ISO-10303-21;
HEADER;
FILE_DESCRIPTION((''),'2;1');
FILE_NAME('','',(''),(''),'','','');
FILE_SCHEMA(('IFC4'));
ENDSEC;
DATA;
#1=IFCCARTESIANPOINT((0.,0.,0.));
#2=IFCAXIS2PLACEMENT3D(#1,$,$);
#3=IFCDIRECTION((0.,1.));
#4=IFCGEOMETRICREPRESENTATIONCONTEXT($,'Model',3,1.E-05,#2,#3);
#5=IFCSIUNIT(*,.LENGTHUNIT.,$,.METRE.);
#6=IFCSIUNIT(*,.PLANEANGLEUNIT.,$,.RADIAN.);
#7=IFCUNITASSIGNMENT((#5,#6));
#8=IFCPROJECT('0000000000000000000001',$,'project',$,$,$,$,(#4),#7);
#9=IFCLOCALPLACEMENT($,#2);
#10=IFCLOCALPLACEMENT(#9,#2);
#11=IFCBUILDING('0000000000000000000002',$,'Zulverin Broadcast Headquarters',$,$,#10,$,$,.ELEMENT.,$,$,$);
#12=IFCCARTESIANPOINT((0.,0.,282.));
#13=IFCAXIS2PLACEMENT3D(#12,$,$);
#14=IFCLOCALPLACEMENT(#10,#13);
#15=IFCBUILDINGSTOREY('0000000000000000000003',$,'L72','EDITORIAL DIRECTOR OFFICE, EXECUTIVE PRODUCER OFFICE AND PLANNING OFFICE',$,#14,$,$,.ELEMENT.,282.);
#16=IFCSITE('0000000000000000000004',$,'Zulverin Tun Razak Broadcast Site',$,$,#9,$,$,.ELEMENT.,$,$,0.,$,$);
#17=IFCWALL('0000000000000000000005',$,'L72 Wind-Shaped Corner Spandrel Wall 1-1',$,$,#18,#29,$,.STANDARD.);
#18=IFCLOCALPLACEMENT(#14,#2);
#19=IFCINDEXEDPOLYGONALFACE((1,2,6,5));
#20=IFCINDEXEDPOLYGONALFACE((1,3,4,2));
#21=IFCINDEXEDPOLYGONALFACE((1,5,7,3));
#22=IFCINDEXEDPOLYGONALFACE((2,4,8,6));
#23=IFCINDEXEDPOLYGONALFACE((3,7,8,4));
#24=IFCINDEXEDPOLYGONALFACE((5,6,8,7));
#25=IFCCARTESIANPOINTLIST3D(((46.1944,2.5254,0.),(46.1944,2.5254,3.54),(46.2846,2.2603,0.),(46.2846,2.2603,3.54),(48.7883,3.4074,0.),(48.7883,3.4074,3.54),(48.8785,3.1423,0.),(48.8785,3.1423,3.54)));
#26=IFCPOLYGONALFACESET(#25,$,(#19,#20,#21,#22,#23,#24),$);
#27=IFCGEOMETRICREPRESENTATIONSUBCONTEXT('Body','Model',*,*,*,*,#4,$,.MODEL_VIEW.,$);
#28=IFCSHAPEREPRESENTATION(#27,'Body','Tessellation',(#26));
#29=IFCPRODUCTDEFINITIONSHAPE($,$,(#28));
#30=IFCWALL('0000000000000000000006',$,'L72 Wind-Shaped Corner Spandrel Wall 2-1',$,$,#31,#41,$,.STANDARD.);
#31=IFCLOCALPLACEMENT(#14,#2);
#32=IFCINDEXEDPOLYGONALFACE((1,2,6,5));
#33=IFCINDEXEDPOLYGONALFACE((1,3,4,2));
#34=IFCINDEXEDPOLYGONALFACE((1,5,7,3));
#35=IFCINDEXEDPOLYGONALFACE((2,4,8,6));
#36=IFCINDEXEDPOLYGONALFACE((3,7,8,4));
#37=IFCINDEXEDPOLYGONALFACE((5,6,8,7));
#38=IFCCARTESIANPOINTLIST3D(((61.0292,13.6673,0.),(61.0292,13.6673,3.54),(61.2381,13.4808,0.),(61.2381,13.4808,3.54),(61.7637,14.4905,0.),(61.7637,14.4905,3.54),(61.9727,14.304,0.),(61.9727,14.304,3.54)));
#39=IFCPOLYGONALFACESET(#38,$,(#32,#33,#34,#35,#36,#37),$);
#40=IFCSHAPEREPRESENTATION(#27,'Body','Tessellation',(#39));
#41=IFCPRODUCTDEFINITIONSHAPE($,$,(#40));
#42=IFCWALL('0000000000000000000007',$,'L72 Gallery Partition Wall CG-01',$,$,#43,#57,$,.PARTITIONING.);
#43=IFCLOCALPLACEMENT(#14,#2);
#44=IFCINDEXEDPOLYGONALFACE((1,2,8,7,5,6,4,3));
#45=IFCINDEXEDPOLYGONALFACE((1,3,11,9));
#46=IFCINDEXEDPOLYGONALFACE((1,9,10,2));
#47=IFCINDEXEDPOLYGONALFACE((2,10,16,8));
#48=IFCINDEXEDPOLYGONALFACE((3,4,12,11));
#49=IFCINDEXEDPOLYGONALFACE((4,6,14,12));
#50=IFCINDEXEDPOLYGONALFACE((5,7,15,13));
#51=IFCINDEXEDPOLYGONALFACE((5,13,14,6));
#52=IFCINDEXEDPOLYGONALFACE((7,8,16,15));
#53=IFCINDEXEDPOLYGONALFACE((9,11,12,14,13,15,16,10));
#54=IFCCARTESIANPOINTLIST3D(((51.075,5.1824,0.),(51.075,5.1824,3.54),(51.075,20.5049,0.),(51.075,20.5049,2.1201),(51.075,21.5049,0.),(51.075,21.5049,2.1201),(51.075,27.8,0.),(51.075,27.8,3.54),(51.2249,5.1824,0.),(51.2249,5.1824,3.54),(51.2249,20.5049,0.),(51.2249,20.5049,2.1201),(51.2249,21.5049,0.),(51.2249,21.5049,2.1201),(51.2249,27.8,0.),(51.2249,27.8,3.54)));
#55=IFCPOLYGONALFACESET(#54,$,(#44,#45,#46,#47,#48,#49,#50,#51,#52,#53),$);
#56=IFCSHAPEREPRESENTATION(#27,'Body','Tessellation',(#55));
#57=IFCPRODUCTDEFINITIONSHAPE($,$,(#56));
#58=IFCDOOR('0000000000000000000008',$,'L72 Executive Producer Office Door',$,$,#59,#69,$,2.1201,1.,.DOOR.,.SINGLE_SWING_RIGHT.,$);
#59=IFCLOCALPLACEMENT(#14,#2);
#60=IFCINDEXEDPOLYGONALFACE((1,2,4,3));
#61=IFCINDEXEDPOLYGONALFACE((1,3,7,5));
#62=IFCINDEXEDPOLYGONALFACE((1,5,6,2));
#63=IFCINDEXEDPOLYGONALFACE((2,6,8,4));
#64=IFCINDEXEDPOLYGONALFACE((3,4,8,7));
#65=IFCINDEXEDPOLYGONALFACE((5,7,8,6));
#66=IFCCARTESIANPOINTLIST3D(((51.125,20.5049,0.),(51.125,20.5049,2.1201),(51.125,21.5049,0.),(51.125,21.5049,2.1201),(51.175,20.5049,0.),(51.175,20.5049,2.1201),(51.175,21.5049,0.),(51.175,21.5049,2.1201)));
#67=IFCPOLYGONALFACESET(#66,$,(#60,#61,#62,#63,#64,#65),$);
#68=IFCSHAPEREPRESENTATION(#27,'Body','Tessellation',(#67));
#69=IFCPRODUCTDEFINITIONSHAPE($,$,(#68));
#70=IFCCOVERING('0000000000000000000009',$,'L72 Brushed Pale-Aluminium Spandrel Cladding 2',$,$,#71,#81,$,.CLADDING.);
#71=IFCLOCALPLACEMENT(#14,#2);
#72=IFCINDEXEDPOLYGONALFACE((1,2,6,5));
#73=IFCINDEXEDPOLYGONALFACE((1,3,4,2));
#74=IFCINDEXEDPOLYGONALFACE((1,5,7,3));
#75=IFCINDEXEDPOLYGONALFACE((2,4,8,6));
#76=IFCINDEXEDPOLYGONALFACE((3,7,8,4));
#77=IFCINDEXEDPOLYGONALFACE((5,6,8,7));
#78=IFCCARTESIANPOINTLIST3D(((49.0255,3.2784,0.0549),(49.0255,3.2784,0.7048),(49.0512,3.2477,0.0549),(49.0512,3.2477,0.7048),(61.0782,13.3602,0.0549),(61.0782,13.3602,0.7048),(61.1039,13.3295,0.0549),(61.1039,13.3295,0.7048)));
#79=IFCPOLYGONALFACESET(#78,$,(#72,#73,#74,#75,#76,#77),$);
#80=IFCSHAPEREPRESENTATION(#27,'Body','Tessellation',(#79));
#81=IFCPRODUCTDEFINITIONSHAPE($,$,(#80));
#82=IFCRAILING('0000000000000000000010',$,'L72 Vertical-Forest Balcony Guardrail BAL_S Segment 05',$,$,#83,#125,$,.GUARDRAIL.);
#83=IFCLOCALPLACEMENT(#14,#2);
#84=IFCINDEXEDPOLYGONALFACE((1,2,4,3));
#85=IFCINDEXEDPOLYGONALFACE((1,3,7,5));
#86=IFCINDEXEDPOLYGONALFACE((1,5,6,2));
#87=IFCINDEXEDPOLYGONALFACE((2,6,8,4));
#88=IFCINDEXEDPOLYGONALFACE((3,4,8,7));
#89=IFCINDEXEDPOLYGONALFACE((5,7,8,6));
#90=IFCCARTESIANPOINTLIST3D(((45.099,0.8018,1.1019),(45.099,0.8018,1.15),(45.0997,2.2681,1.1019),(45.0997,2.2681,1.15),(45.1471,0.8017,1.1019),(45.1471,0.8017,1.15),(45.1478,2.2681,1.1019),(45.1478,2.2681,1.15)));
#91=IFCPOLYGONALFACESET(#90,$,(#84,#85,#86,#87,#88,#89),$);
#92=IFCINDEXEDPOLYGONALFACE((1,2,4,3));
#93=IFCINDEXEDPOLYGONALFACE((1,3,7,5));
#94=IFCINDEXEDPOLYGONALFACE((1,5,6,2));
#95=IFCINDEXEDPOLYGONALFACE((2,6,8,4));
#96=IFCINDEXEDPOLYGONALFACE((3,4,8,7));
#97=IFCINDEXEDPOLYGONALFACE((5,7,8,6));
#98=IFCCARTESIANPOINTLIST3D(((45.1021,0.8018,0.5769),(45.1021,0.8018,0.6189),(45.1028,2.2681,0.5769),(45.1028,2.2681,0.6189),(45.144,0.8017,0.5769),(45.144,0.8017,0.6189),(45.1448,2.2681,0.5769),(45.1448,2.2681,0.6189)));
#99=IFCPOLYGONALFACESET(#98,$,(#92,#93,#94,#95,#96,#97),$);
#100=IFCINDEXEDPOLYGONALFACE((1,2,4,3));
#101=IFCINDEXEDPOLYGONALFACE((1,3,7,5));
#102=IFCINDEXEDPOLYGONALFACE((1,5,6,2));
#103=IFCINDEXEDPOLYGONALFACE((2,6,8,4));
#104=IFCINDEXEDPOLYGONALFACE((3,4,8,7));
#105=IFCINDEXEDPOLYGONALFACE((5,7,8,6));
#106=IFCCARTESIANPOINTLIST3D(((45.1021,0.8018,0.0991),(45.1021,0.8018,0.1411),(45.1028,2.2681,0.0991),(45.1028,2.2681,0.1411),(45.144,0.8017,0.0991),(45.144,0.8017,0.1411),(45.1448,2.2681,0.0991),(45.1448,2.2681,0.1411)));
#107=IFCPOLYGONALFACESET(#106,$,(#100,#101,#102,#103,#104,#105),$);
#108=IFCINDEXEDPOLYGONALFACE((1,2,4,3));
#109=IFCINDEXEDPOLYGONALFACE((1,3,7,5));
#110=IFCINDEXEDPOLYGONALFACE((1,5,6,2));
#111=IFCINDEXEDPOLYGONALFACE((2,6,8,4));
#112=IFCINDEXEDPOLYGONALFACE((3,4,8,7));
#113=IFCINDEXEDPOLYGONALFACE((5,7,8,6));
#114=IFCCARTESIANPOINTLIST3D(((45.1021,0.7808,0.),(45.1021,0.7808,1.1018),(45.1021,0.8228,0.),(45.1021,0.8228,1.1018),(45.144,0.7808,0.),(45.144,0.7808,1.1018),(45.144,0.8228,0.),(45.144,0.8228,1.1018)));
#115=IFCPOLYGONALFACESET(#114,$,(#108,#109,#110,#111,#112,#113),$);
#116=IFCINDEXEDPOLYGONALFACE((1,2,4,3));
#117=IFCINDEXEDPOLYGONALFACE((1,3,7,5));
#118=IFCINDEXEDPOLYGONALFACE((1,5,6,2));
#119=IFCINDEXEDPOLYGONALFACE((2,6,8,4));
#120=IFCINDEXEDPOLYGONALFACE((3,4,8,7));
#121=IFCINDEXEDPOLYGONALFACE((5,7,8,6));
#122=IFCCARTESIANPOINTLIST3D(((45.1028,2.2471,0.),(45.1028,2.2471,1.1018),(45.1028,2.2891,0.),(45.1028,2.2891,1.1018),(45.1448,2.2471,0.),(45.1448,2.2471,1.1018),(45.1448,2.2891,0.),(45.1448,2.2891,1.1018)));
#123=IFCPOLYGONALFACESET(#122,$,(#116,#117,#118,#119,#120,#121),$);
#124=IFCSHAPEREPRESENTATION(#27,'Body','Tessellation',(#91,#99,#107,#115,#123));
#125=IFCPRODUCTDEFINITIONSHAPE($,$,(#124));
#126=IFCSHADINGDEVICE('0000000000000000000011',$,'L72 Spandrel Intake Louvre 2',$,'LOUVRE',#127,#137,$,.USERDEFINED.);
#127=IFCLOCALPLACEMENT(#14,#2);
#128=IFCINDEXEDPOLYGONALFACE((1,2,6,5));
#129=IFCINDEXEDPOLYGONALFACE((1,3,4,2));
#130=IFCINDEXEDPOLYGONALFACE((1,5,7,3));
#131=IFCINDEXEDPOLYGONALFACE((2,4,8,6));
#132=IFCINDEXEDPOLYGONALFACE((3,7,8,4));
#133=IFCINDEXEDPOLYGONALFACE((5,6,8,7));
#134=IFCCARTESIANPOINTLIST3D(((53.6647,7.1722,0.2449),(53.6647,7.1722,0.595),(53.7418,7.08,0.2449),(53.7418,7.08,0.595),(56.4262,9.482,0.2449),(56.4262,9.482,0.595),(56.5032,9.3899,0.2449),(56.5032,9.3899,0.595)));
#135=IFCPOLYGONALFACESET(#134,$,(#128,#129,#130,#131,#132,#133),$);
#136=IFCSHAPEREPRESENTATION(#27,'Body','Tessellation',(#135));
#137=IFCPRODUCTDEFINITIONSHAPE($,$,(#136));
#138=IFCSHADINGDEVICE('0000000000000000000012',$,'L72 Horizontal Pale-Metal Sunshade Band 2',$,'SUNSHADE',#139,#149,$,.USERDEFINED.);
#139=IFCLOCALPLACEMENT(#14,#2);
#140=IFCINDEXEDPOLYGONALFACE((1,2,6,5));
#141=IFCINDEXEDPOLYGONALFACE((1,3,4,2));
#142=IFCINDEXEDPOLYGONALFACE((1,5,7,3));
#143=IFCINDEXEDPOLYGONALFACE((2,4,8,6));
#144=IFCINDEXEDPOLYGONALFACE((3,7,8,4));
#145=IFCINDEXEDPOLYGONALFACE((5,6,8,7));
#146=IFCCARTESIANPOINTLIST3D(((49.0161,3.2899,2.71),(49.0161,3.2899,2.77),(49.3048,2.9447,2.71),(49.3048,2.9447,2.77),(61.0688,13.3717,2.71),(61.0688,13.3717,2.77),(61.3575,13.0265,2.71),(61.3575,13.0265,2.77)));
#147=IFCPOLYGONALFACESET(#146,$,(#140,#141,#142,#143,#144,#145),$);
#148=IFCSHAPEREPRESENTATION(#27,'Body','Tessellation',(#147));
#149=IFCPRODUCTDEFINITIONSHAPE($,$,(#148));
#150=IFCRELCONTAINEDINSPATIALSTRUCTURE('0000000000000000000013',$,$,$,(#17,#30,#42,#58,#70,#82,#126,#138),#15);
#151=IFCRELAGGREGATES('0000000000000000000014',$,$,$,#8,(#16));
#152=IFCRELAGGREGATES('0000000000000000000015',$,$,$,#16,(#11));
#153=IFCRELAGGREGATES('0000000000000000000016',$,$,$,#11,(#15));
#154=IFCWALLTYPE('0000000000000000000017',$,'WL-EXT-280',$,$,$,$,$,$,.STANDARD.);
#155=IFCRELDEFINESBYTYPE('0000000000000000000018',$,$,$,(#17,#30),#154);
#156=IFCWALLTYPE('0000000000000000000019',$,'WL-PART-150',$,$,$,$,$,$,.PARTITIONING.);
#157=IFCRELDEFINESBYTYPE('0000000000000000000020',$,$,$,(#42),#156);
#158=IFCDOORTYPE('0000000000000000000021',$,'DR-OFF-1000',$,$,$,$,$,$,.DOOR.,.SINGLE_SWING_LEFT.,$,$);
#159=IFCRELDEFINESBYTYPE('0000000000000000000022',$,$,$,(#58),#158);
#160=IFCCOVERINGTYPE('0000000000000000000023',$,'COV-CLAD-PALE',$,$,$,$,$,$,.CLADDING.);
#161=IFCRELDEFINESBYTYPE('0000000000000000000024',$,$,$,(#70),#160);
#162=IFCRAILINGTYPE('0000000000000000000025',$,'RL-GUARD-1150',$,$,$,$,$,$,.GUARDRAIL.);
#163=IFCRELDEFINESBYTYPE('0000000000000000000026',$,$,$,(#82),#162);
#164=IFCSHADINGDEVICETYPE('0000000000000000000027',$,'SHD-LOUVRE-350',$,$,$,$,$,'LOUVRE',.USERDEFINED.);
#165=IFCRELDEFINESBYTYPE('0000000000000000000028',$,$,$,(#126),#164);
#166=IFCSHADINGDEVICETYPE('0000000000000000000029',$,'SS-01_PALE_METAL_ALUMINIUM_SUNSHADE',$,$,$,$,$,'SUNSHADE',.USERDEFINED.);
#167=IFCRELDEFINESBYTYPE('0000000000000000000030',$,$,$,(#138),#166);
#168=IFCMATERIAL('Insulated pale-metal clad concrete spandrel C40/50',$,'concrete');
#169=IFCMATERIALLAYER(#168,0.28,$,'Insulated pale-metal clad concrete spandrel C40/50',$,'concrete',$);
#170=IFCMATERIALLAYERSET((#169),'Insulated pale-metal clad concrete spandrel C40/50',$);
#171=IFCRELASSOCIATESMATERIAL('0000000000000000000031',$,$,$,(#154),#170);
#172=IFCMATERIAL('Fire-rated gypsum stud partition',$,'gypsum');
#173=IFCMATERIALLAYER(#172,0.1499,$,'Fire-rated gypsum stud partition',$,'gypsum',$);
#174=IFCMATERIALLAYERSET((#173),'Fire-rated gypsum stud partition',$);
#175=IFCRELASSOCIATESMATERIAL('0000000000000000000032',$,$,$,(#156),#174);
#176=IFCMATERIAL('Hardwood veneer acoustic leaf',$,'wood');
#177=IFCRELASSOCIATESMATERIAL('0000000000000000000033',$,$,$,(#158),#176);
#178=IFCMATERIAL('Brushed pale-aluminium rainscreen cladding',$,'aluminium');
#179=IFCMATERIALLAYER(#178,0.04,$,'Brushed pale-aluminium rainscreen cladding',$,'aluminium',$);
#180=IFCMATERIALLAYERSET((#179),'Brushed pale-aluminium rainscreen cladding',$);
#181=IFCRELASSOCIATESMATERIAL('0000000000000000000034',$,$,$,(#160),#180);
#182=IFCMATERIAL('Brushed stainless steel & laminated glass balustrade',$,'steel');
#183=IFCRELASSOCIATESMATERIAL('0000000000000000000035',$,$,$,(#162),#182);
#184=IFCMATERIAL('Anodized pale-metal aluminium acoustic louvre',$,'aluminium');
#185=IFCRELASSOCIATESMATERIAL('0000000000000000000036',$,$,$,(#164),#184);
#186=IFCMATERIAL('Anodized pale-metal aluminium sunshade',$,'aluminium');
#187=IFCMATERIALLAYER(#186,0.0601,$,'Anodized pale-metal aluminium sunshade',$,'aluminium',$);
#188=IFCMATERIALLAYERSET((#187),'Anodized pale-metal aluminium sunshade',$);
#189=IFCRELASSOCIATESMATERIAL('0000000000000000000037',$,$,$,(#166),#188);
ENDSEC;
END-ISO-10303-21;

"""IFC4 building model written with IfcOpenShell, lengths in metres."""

from ifc_helpers import new_model, si_unit, direction, frame, frame_2d, origin, origin_2d, place, context, subcontext, project, spatial, rectangle, extrude, material, layer, layer_set, type_object, element, fill, save


model = new_model("IFC4")

# Units and contexts
model_context = context("Model", 3, precision=1e-05, world=origin(), true_north=direction((0.0, 1.0)))
body_context = subcontext(model_context, "Body", "Model", "MODEL_VIEW")
ifc_project = project(units=[si_unit("LENGTHUNIT", "METRE"), si_unit("PLANEANGLEUNIT", "RADIAN")], contexts=[model_context])

# Site, building, storey
site_placement = place(None, origin())
site = spatial("IfcSite", under=ifc_project, at=site_placement, Name="Zulverin Tun Razak Broadcast Site", CompositionType="ELEMENT", RefElevation=0.0)
building_placement = place(site_placement, origin())
building = spatial("IfcBuilding", under=site, at=building_placement, Name="Zulverin Broadcast Headquarters", CompositionType="ELEMENT")
storey_placement = place(building_placement, frame((0.0, 0.0, 282.0)))
storey = spatial("IfcBuildingStorey", under=building, at=storey_placement, Name="L72", Description="EDITORIAL DIRECTOR OFFICE, EXECUTIVE PRODUCER OFFICE AND PLANNING OFFICE", CompositionType="ELEMENT", Elevation=282.0)

# Shared definitions
ifc_material_1 = material(Name="Insulated pale-metal clad concrete spandrel C40/50", Category="concrete")
ifc_layer_1 = layer(ifc_material_1, 0.28, Name="Insulated pale-metal clad concrete spandrel C40/50", Category="concrete")
ifc_layer_set_1 = layer_set([ifc_layer_1], Name="Insulated pale-metal clad concrete spandrel C40/50")
wall_type_1 = type_object("IfcWallType", Name="WL-EXT-280", PredefinedType="STANDARD", material=ifc_layer_set_1)

# Walls
wall_1_placement = place(storey_placement, frame((46.2395, 2.3928, 0.0), z_axis=(0.0, 0.0, 1.0), x_axis=(0.946759, 0.321943, 0.0)))
element("IfcWall", 1, at=wall_1_placement, inside=storey, type_object=wall_type_1, Name="L72 Wind-Shaped Corner Spandrel Wall 1-1", PredefinedType="STANDARD", context=body_context, shape_type="SweptSolid", body=[
    extrude(rectangle(XDim=2.7397, YDim=0.28, at=frame_2d((1.3699, 0.0))), origin(), (0.0, 0.0, 1.0), 3.54),
])
wall_2_placement = place(storey_placement, frame((61.1335, 13.574, 0.0), z_axis=(0.0, 0.0, 1.0), x_axis=(0.665805, 0.746126, 0.0)))
element("IfcWall", 2, at=wall_2_placement, inside=storey, type_object=wall_type_1, Name="L72 Wind-Shaped Corner Spandrel Wall 2-1", PredefinedType="STANDARD", context=body_context, shape_type="SweptSolid", body=[
    extrude(rectangle(XDim=1.1033, YDim=0.28, at=frame_2d((0.5518, 0.0))), origin(), (0.0, 0.0, 1.0), 3.54),
])

# Wall, opening, door
ifc_material_2 = material(Name="Fire-rated gypsum stud partition", Category="gypsum")
ifc_layer_2 = layer(ifc_material_2, 0.1499, Name="Fire-rated gypsum stud partition", Category="gypsum")
ifc_layer_set_2 = layer_set([ifc_layer_2], Name="Fire-rated gypsum stud partition")
wall_type_2 = type_object("IfcWallType", Name="WL-PART-150", PredefinedType="PARTITIONING", material=ifc_layer_set_2)
wall_3_placement = place(storey_placement, frame((51.1499, 5.1824, 0.0), z_axis=(0.0, 0.0, 1.0), x_axis=(0.0, 1.0, 0.0)))
wall_3 = element("IfcWall", 3, at=wall_3_placement, inside=storey, type_object=wall_type_2, Name="L72 Gallery Partition Wall CG-01", PredefinedType="PARTITIONING", context=body_context, shape_type="SweptSolid", body=[
    extrude(rectangle(XDim=22.6177, YDim=0.1499, at=frame_2d((11.3088, 0.0))), origin(), (0.0, 0.0, 1.0), 3.54),
])
opening_1_placement = place(wall_3_placement, frame((15.3225, 0.0, 0.0)))
opening_1 = element("IfcOpeningElement", 4, at=opening_1_placement, cuts=wall_3, PredefinedType="OPENING", context=body_context, shape_type="SweptSolid", body=[
    extrude(rectangle(XDim=1.0, YDim=2.1201, at=frame_2d((0.5, 1.0601))), frame((0.0, 0.085, 0.0), z_axis=(0.0, -1.0, 0.0), x_axis=(1.0, 0.0, 0.0)), (0.0, 0.0, 1.0), 0.1699),
])
ifc_material_3 = material(Name="Hardwood veneer acoustic leaf", Category="wood")
door_type = type_object("IfcDoorType", Name="DR-OFF-1000", OperationType="SINGLE_SWING_LEFT", PredefinedType="DOOR", material=ifc_material_3)
door_placement = place(opening_1_placement, origin())
door = element("IfcDoor", 5, at=door_placement, inside=storey, type_object=door_type, Name="L72 Executive Producer Office Door", OperationType="SINGLE_SWING_RIGHT", OverallHeight=2.1201, OverallWidth=1.0, PredefinedType="DOOR", context=body_context, shape_type="SweptSolid", body=[
    extrude(rectangle(XDim=1.0, YDim=2.1201, at=frame_2d((0.5, 1.0601))), frame((0.0, 0.0249, 0.0), z_axis=(0.0, -1.0, 0.0), x_axis=(1.0, 0.0, 0.0)), (0.0, 0.0, 1.0), 0.05),
])
fill(opening_1, door)

# Covering
ifc_material_4 = material(Name="Brushed pale-aluminium rainscreen cladding", Category="aluminium")
ifc_layer_3 = layer(ifc_material_4, 0.04, Name="Brushed pale-aluminium rainscreen cladding", Category="aluminium")
ifc_layer_set_3 = layer_set([ifc_layer_3], Name="Brushed pale-aluminium rainscreen cladding")
covering_type = type_object("IfcCoveringType", Name="COV-CLAD-PALE", PredefinedType="CLADDING", material=ifc_layer_set_3)
covering_placement = place(storey_placement, frame((55.0647, 8.304, 0.0549), z_axis=(0.0, 0.0, 1.0), x_axis=(0.767035, 0.641605, 0.0)))
element("IfcCovering", 6, at=covering_placement, inside=storey, type_object=covering_type, Name="L72 Brushed Pale-Aluminium Spandrel Cladding 2", PredefinedType="CLADDING", context=body_context, shape_type="SweptSolid", body=[
    extrude(rectangle(XDim=15.7134, YDim=0.04, at=origin_2d()), origin(), (0.0, 0.0, 1.0), 0.6499),
])

# Railing
ifc_material_5 = material(Name="Brushed stainless steel & laminated glass balustrade", Category="steel")
railing_type = type_object("IfcRailingType", Name="RL-GUARD-1150", PredefinedType="GUARDRAIL", material=ifc_material_5)
railing_placement = place(storey_placement, frame((45.123, 0.8018, 0.0)))
element("IfcRailing", 7, at=railing_placement, inside=storey, type_object=railing_type, Name="L72 Vertical-Forest Balcony Guardrail BAL_S Segment 05", PredefinedType="GUARDRAIL", context=body_context, shape_type="SweptSolid", body=[
    extrude(rectangle(XDim=0.0481, YDim=0.0481, at=origin_2d()), frame((0.0, 0.0, 1.126), z_axis=(0.0005, 1.0, 0.0), x_axis=(-1.0, 0.0005, 0.0)), (0.0, 0.0, 1.0), 1.4663),
    extrude(rectangle(XDim=0.042, YDim=0.042, at=origin_2d()), frame((0.0, 0.0, 0.5979), z_axis=(0.0005, 1.0, 0.0), x_axis=(-1.0, 0.0005, 0.0)), (0.0, 0.0, 1.0), 1.4663),
    extrude(rectangle(XDim=0.042, YDim=0.042, at=origin_2d()), frame((0.0, 0.0, 0.1201), z_axis=(0.0005, 1.0, 0.0), x_axis=(-1.0, 0.0005, 0.0)), (0.0, 0.0, 1.0), 1.4663),
    extrude(rectangle(XDim=0.042, YDim=0.042, at=origin_2d()), origin(), (0.0, 0.0, 1.0), 1.1018),
    extrude(rectangle(XDim=0.042, YDim=0.042, at=origin_2d()), frame((0.0007, 1.4663, 0.0)), (0.0, 0.0, 1.0), 1.1018),
])

# Shading devices
ifc_material_6 = material(Name="Anodized pale-metal aluminium acoustic louvre", Category="aluminium")
shading_device_type_1 = type_object("IfcShadingDeviceType", Name="SHD-LOUVRE-350", ElementType="LOUVRE", PredefinedType="USERDEFINED", material=ifc_material_6)
shading_device_1_placement = place(storey_placement, frame((55.084, 8.281, 0.2449), z_axis=(0.0, 0.0, 1.0), x_axis=(0.767035, 0.641605, 0.0)))
element("IfcShadingDevice", 8, at=shading_device_1_placement, inside=storey, type_object=shading_device_type_1, Name="L72 Spandrel Intake Louvre 2", ObjectType="LOUVRE", PredefinedType="USERDEFINED", context=body_context, shape_type="SweptSolid", body=[
    extrude(rectangle(XDim=3.6001, YDim=0.1201, at=origin_2d()), origin(), (0.0, 0.0, 1.0), 0.3501),
])
ifc_material_7 = material(Name="Anodized pale-metal aluminium sunshade", Category="aluminium")
ifc_layer_4 = layer(ifc_material_7, 0.0601, Name="Anodized pale-metal aluminium sunshade", Category="aluminium")
ifc_layer_set_4 = layer_set([ifc_layer_4], Name="Anodized pale-metal aluminium sunshade")
shading_device_type_2 = type_object("IfcShadingDeviceType", Name="SS-01_PALE_METAL_ALUMINIUM_SUNSHADE", ElementType="SUNSHADE", PredefinedType="USERDEFINED", material=ifc_layer_set_4)
shading_device_2_placement = place(storey_placement, frame((55.1868, 8.1582, 2.71), z_axis=(0.0, 0.0, 1.0), x_axis=(0.767035, 0.641605, 0.0)))
element("IfcShadingDevice", 9, at=shading_device_2_placement, inside=storey, type_object=shading_device_type_2, Name="L72 Horizontal Pale-Metal Sunshade Band 2", ObjectType="SUNSHADE", PredefinedType="USERDEFINED", context=body_context, shape_type="SweptSolid", body=[
    extrude(rectangle(XDim=15.7134, YDim=0.45, at=origin_2d()), origin(), (0.0, 0.0, 1.0), 0.0601),
])

save(model, "model.ifc")
